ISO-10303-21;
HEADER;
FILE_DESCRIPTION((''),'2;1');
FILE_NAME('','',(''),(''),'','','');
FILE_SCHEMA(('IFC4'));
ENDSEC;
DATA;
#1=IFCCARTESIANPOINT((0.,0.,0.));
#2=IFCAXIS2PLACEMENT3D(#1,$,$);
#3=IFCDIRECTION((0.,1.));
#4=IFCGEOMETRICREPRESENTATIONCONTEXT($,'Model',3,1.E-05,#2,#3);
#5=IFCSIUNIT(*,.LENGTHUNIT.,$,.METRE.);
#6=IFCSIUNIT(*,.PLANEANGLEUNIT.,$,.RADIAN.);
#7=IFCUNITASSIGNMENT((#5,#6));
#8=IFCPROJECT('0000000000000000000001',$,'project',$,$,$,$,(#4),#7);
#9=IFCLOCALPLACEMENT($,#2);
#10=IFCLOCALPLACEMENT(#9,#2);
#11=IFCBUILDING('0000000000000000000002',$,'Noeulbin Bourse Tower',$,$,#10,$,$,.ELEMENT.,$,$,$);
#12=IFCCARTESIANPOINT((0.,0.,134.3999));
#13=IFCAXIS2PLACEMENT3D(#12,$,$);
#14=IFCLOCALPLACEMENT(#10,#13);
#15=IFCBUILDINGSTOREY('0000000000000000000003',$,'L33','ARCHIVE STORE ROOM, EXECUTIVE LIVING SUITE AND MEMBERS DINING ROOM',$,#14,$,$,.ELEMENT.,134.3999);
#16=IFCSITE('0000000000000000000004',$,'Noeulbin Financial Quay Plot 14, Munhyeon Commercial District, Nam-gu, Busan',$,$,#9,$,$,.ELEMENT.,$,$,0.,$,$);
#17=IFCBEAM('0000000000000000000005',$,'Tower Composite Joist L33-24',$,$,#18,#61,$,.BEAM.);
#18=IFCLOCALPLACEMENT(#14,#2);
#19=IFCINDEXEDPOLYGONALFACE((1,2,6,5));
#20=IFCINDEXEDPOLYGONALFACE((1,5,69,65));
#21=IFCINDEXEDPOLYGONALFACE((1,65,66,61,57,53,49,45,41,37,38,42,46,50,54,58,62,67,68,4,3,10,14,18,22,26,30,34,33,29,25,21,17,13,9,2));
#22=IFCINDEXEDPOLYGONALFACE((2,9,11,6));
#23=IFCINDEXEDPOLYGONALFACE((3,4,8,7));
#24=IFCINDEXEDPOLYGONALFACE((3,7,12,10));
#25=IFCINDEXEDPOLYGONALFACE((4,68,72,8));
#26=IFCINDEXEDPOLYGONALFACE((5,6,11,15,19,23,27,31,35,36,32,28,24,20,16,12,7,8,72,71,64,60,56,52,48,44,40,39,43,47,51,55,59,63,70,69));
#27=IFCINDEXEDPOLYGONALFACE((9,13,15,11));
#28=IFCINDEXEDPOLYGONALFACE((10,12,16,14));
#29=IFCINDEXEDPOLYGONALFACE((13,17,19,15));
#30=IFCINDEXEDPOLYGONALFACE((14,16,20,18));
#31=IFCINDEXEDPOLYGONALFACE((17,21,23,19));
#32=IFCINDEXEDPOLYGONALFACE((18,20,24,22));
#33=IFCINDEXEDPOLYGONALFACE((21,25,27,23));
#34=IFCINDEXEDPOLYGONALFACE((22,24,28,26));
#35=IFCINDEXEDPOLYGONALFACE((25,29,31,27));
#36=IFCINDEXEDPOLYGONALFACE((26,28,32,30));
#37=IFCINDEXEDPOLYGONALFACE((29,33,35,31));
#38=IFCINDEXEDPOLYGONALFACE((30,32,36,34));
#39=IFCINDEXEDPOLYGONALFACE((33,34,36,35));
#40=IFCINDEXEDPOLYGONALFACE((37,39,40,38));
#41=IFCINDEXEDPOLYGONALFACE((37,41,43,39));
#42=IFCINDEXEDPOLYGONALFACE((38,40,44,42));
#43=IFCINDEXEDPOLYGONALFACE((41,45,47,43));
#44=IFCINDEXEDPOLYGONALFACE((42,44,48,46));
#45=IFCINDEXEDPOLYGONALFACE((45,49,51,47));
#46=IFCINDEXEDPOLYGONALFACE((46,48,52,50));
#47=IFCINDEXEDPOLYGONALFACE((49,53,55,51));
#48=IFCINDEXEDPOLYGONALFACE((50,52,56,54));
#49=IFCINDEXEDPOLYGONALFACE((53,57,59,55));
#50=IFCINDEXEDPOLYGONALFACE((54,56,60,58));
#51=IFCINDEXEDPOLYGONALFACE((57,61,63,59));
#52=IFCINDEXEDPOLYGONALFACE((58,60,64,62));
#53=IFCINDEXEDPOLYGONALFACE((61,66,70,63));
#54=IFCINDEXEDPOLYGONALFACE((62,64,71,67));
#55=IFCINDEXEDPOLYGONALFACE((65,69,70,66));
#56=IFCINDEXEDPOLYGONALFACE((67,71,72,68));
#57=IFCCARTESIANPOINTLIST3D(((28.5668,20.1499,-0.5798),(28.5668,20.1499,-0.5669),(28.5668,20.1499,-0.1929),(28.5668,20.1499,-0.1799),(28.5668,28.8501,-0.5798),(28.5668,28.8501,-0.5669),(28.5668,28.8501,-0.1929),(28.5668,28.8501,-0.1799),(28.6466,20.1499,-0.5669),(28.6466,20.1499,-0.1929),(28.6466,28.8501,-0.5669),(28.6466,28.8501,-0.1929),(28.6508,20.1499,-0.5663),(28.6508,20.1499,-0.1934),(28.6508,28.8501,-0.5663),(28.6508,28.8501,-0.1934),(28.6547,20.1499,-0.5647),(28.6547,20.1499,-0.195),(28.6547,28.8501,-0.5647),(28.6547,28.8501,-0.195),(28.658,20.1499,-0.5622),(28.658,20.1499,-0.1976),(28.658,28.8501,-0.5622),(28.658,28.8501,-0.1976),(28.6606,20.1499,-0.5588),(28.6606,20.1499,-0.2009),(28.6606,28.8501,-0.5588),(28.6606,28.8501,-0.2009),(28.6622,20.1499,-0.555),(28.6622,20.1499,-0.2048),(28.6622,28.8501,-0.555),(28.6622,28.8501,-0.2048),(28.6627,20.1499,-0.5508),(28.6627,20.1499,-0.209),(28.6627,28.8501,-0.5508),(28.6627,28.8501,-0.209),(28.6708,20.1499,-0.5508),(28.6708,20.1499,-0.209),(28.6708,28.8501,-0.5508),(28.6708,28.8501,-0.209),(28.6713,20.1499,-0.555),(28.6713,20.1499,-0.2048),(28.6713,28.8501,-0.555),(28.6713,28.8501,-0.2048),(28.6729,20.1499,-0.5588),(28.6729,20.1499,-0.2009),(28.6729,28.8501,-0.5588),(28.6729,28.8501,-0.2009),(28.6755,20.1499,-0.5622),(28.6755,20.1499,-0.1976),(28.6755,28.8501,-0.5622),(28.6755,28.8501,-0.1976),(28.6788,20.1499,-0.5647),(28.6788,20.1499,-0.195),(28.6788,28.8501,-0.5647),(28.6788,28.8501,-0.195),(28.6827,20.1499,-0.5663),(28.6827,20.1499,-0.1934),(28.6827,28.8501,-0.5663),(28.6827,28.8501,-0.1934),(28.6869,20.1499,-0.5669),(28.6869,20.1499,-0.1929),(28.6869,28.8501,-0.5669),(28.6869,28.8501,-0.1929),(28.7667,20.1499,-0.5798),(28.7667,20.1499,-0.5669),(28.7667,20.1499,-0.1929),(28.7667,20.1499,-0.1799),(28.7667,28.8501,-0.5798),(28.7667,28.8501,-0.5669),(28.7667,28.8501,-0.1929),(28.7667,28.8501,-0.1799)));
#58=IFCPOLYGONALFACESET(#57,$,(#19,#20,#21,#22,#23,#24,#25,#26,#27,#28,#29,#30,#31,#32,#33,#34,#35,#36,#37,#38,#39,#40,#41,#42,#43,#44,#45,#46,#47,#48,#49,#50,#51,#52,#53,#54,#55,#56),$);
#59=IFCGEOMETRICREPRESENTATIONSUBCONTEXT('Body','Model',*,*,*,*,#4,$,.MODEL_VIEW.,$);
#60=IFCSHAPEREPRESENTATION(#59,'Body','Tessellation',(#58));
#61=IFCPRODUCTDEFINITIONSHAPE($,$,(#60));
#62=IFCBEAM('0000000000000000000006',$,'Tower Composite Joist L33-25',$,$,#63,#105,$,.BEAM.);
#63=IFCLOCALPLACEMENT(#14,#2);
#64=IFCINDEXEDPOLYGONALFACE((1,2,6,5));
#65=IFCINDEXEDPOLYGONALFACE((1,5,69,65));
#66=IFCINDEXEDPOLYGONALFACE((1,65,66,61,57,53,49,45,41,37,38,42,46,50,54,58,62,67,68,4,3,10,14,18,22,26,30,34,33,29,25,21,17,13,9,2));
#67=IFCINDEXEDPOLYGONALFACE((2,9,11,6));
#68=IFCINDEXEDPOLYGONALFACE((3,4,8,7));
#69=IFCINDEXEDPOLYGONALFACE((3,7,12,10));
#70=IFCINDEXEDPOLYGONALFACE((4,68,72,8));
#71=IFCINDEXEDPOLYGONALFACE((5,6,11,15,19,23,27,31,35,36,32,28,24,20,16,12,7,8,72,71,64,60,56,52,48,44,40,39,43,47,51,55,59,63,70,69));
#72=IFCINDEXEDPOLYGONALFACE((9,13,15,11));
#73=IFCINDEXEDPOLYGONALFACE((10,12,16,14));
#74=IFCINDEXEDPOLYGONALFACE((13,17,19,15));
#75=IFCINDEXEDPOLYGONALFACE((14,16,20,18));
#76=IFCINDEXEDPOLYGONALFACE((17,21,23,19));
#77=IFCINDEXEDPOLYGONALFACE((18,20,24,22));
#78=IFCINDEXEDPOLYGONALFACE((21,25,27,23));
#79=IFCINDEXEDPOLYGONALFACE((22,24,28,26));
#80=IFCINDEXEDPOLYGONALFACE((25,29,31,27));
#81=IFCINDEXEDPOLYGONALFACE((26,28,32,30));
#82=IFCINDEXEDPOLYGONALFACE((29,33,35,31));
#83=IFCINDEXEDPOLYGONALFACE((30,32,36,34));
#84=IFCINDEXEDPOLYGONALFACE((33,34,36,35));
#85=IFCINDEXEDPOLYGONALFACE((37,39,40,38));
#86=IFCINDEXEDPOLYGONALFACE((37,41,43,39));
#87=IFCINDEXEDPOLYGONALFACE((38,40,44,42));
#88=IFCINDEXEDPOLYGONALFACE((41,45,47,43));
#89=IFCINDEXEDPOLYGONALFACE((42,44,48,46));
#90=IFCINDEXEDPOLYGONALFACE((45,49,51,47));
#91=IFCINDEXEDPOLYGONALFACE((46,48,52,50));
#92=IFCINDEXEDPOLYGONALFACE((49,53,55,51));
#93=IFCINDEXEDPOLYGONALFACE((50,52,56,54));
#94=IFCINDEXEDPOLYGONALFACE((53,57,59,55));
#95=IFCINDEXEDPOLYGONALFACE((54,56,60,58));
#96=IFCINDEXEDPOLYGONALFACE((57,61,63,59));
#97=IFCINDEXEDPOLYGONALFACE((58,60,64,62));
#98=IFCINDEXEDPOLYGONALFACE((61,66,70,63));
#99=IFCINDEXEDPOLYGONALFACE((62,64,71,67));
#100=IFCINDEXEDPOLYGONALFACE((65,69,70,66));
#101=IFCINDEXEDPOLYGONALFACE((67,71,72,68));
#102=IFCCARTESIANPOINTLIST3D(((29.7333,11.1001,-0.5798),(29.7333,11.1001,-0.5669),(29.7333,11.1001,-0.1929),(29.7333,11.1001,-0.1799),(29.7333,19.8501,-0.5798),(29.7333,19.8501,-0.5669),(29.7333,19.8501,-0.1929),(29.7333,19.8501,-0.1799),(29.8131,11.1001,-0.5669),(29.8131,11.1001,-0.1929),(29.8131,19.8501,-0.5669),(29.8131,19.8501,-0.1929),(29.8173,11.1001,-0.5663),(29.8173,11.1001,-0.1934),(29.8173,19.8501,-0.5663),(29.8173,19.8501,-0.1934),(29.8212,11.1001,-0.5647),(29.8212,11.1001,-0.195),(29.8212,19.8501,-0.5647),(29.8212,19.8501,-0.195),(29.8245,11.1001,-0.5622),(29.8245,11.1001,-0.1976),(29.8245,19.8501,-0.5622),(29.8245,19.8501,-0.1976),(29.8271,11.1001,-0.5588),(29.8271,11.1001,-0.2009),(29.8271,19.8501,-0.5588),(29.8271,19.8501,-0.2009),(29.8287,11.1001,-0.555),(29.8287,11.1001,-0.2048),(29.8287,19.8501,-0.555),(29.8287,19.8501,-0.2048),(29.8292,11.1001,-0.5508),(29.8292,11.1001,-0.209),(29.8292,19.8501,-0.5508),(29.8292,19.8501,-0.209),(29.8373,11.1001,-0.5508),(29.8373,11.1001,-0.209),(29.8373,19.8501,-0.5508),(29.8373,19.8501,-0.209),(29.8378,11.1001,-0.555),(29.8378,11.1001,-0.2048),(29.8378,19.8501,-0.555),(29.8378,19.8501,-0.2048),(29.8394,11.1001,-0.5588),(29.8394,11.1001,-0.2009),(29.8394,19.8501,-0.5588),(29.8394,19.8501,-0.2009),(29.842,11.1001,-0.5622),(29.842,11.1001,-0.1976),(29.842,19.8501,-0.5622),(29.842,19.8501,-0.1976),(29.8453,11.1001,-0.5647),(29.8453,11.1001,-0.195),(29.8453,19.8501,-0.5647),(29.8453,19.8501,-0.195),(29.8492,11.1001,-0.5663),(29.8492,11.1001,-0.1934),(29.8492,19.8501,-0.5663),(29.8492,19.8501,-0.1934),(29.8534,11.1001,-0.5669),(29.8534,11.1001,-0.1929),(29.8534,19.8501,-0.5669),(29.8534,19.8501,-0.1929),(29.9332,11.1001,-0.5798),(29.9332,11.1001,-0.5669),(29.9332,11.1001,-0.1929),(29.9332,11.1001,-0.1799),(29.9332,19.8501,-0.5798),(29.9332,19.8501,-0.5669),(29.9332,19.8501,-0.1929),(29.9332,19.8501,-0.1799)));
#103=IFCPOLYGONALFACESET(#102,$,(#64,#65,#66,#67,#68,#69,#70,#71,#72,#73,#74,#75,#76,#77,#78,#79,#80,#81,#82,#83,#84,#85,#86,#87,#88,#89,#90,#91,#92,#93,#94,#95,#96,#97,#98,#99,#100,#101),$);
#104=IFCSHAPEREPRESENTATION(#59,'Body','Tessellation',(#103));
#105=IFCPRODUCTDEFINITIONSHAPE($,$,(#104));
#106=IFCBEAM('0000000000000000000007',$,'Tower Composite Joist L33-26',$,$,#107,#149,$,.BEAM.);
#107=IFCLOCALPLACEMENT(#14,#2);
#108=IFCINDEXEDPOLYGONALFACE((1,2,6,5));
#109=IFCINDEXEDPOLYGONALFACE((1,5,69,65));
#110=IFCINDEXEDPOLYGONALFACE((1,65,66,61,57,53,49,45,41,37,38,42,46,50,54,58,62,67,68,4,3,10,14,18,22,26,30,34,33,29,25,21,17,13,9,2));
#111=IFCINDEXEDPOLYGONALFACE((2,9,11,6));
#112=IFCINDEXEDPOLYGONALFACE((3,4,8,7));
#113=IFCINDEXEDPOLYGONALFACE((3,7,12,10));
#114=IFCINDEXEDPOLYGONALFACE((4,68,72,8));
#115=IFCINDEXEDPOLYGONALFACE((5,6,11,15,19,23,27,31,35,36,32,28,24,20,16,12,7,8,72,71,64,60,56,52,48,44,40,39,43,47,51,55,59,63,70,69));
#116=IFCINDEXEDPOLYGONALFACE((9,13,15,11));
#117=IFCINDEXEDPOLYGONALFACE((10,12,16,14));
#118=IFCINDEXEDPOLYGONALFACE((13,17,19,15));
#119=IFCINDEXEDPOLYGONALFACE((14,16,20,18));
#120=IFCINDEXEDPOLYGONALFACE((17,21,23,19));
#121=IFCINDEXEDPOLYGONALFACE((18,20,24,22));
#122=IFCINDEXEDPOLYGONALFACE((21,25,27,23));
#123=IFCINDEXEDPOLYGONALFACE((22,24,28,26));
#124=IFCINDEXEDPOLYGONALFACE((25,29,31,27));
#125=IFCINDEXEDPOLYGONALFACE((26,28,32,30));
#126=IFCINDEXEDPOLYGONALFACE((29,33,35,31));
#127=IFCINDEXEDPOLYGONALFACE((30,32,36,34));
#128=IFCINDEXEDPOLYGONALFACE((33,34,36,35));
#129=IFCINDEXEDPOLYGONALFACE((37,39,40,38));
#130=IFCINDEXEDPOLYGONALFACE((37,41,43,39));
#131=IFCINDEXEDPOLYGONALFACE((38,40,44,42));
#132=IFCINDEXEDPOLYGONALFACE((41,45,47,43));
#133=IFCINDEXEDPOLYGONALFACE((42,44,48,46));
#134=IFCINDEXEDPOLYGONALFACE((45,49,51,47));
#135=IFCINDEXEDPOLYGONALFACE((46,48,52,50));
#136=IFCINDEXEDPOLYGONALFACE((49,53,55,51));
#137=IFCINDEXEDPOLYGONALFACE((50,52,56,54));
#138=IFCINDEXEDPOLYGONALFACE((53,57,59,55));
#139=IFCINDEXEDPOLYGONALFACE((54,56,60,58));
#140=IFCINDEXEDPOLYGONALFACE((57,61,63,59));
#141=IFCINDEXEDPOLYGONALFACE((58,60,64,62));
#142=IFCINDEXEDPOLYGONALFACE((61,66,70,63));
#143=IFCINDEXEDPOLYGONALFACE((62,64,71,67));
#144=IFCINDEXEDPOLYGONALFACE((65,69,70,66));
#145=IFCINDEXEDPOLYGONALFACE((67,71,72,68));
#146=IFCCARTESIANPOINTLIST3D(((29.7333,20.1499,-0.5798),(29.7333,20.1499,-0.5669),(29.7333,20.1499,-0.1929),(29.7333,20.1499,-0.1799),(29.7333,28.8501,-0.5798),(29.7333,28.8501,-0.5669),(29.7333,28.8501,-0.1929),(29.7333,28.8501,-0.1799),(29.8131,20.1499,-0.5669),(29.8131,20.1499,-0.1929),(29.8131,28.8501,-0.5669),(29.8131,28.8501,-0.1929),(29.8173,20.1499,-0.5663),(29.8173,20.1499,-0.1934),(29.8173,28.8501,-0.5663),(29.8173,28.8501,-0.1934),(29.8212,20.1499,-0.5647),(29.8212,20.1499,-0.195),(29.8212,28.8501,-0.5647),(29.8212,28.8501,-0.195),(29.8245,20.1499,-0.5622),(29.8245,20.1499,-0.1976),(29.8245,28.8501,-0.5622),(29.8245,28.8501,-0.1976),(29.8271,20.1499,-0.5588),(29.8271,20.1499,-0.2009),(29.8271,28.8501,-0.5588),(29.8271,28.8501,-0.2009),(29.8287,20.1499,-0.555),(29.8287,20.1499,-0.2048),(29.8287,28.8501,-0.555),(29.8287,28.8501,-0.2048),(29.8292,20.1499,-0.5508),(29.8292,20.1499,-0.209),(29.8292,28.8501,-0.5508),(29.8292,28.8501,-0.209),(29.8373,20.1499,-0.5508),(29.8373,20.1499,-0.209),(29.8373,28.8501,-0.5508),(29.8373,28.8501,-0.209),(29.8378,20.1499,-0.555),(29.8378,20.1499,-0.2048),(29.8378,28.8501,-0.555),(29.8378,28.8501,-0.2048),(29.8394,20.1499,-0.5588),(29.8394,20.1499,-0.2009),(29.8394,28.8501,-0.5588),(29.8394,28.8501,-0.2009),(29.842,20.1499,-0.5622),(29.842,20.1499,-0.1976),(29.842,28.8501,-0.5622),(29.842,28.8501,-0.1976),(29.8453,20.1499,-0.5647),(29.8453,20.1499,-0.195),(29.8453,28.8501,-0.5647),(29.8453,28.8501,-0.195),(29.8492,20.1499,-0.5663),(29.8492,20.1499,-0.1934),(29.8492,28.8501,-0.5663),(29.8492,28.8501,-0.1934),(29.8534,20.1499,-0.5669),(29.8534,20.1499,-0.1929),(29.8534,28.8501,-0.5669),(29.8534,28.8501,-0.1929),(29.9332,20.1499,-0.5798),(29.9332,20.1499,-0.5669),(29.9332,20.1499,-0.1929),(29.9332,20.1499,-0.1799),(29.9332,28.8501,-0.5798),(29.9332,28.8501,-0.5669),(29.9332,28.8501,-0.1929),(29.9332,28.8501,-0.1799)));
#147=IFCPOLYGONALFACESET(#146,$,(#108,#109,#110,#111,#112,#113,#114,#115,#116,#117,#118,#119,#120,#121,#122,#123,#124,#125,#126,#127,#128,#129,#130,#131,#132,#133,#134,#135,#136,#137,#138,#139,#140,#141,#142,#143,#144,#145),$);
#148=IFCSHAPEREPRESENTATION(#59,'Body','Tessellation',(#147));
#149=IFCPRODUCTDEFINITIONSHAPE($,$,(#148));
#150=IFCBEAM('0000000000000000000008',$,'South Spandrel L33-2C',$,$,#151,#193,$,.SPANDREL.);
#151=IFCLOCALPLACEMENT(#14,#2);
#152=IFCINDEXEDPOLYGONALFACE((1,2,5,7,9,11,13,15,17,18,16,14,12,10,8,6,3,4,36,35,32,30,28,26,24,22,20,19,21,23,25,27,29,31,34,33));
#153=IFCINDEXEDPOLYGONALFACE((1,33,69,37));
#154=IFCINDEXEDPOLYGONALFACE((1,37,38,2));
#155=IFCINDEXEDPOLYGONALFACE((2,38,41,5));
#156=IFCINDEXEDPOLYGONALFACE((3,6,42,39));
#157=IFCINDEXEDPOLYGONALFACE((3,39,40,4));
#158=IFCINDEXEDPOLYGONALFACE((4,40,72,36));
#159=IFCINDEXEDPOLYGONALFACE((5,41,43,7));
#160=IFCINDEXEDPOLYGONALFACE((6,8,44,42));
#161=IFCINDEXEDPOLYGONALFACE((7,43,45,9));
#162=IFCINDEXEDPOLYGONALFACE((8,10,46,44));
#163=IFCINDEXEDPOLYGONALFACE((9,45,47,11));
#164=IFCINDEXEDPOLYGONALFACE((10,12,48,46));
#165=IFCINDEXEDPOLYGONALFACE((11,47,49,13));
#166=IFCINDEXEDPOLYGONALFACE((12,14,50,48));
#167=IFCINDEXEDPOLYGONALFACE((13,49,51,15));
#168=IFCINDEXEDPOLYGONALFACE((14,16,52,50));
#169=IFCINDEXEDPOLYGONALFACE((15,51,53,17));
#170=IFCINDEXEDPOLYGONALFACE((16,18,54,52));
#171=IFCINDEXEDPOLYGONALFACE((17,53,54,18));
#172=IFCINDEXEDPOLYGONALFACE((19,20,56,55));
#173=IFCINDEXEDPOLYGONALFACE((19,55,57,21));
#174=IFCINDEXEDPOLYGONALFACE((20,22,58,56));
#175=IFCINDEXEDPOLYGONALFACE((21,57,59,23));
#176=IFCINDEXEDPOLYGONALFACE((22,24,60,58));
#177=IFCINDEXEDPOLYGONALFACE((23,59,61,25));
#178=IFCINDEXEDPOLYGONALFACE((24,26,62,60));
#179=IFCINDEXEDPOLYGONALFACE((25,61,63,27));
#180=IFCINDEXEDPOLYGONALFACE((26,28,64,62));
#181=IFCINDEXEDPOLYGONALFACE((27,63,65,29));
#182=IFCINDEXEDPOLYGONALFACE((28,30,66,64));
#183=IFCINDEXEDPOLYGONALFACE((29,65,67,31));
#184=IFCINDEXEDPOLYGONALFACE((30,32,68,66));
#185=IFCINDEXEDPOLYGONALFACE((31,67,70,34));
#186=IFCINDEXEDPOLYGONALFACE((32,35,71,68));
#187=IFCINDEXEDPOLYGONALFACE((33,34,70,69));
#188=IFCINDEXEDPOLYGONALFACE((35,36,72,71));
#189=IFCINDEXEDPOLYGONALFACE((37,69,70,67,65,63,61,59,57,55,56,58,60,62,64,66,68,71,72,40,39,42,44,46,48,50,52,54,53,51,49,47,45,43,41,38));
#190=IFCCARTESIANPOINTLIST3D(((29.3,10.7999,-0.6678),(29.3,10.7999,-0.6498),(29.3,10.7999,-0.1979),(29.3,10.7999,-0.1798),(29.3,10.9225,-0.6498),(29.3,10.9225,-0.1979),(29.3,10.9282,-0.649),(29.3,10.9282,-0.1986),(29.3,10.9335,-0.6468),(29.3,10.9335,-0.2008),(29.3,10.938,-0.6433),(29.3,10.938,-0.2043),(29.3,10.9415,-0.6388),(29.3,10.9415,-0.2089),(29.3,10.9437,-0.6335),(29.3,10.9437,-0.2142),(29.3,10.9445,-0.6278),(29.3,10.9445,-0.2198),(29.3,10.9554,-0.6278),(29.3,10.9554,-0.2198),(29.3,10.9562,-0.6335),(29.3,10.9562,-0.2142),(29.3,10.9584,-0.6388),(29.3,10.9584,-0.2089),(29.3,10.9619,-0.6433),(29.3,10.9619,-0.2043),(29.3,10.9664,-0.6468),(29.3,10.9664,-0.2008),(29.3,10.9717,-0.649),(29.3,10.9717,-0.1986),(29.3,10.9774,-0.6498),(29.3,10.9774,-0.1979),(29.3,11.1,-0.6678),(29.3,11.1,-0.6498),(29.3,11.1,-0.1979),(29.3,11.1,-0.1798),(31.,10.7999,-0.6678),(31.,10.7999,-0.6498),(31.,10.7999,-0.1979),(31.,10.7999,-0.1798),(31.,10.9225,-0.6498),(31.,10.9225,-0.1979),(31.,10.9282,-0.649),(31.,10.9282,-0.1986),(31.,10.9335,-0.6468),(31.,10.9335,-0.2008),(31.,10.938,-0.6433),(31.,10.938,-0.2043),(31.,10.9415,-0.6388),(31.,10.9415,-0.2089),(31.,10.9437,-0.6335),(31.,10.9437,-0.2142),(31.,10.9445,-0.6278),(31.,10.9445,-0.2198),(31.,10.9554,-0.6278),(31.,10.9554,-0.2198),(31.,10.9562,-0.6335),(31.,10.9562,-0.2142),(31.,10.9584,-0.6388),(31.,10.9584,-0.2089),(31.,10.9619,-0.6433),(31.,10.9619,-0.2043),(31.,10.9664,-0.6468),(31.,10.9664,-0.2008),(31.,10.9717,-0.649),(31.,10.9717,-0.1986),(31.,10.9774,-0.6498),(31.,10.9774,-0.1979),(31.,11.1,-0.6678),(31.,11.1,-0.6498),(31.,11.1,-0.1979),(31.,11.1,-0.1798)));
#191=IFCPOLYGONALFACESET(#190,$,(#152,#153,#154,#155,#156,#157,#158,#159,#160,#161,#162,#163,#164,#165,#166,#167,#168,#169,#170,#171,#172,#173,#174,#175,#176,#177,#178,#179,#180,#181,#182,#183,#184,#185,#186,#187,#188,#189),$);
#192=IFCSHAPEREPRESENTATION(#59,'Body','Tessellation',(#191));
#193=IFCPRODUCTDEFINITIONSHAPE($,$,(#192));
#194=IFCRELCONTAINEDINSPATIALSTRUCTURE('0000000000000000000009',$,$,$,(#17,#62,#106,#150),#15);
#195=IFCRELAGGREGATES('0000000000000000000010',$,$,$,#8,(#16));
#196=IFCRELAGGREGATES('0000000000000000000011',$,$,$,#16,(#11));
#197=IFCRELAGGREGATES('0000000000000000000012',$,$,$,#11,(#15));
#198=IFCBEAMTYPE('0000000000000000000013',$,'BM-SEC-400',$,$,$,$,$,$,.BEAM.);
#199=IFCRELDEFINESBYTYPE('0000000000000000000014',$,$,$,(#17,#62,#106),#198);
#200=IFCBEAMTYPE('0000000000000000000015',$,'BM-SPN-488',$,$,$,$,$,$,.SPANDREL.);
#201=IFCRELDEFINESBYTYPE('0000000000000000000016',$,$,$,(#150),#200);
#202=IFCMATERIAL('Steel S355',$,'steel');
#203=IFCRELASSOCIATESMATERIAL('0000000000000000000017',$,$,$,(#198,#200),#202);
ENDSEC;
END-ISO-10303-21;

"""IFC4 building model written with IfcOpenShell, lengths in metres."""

from ifc_helpers import new_model, si_unit, direction, frame, origin, origin_2d, place, context, subcontext, project, spatial, i_section, extrude, material, material_profile, profile_set, type_object, element, save


model = new_model("IFC4")

# Units and contexts
model_context = context("Model", 3, precision=1e-05, world=origin(), true_north=direction((0.0, 1.0)))
body_context = subcontext(model_context, "Body", "Model", "MODEL_VIEW")
ifc_project = project(units=[si_unit("LENGTHUNIT", "METRE"), si_unit("PLANEANGLEUNIT", "RADIAN")], contexts=[model_context])

# Site, building, storey
site_placement = place(None, origin())
site = spatial("IfcSite", under=ifc_project, at=site_placement, Name="Noeulbin Financial Quay Plot 14, Munhyeon Commercial District, Nam-gu, Busan", CompositionType="ELEMENT", RefElevation=0.0)
building_placement = place(site_placement, origin())
building = spatial("IfcBuilding", under=site, at=building_placement, Name="Noeulbin Bourse Tower", CompositionType="ELEMENT")
storey_placement = place(building_placement, frame((0.0, 0.0, 134.3999)))
storey = spatial("IfcBuildingStorey", under=building, at=storey_placement, Name="L33", Description="ARCHIVE STORE ROOM, EXECUTIVE LIVING SUITE AND MEMBERS DINING ROOM", CompositionType="ELEMENT", Elevation=134.3999)

# Shared definitions
ifc_material_1 = material(Name="Steel S355", Category="steel")

# Beams
ifc_material_profile_1 = material_profile(ifc_material_1, i_section(OverallWidth=0.2, OverallDepth=0.3999, WebThickness=0.0081, FlangeThickness=0.0129, FilletRadius=0.0161, at=origin_2d()), Name="H-400x200x8x13", Category="LoadBearing")
ifc_profile_set_1 = profile_set([ifc_material_profile_1], Name="Steel S355")
beam_type_1 = type_object("IfcBeamType", Name="BM-SEC-400", PredefinedType="BEAM", material=ifc_profile_set_1)
beam_1_placement = place(storey_placement, frame((28.6667, 20.1499, -0.3799), z_axis=(0.0, 1.0, 0.0), x_axis=(-1.0, 0.0, 0.0)))
element("IfcBeam", 1, at=beam_1_placement, inside=storey, type_object=beam_type_1, Name="Tower Composite Joist L33-24", PredefinedType="BEAM", context=body_context, shape_type="SweptSolid", body=[
    extrude(i_section(OverallWidth=0.2, OverallDepth=0.3999, WebThickness=0.0081, FlangeThickness=0.0129, FilletRadius=0.0161, at=origin_2d()), origin(), (0.0, 0.0, 1.0), 8.7002),
])
beam_2_placement = place(storey_placement, frame((29.8333, 11.1001, -0.3799), z_axis=(0.0, 1.0, 0.0), x_axis=(-1.0, 0.0, 0.0)))
element("IfcBeam", 2, at=beam_2_placement, inside=storey, type_object=beam_type_1, Name="Tower Composite Joist L33-25", PredefinedType="BEAM", context=body_context, shape_type="SweptSolid", body=[
    extrude(i_section(OverallWidth=0.2, OverallDepth=0.3999, WebThickness=0.0081, FlangeThickness=0.0129, FilletRadius=0.0161, at=origin_2d()), origin(), (0.0, 0.0, 1.0), 8.75),
])
beam_3_placement = place(storey_placement, frame((29.8333, 20.1499, -0.3799), z_axis=(0.0, 1.0, 0.0), x_axis=(-1.0, 0.0, 0.0)))
element("IfcBeam", 3, at=beam_3_placement, inside=storey, type_object=beam_type_1, Name="Tower Composite Joist L33-26", PredefinedType="BEAM", context=body_context, shape_type="SweptSolid", body=[
    extrude(i_section(OverallWidth=0.2, OverallDepth=0.3999, WebThickness=0.0081, FlangeThickness=0.0129, FilletRadius=0.0161, at=origin_2d()), origin(), (0.0, 0.0, 1.0), 8.7002),
])
ifc_material_profile_2 = material_profile(ifc_material_1, i_section(OverallWidth=0.3, OverallDepth=0.488, WebThickness=0.011, FlangeThickness=0.0181, FilletRadius=0.022, at=origin_2d()), Name="H-488x300x11x18", Category="LoadBearing")
ifc_profile_set_2 = profile_set([ifc_material_profile_2], Name="Steel S355")
beam_type_2 = type_object("IfcBeamType", Name="BM-SPN-488", PredefinedType="SPANDREL", material=ifc_profile_set_2)
beam_4_placement = place(storey_placement, frame((29.3, 10.95, -0.4238), z_axis=(1.0, 0.0, 0.0), x_axis=(0.0, 1.0, 0.0)))
element("IfcBeam", 4, at=beam_4_placement, inside=storey, type_object=beam_type_2, Name="South Spandrel L33-2C", PredefinedType="SPANDREL", context=body_context, shape_type="SweptSolid", body=[
    extrude(i_section(OverallWidth=0.3, OverallDepth=0.488, WebThickness=0.011, FlangeThickness=0.0181, FilletRadius=0.022, at=origin_2d()), origin(), (0.0, 0.0, 1.0), 1.7),
])

save(model, "model.ifc")
